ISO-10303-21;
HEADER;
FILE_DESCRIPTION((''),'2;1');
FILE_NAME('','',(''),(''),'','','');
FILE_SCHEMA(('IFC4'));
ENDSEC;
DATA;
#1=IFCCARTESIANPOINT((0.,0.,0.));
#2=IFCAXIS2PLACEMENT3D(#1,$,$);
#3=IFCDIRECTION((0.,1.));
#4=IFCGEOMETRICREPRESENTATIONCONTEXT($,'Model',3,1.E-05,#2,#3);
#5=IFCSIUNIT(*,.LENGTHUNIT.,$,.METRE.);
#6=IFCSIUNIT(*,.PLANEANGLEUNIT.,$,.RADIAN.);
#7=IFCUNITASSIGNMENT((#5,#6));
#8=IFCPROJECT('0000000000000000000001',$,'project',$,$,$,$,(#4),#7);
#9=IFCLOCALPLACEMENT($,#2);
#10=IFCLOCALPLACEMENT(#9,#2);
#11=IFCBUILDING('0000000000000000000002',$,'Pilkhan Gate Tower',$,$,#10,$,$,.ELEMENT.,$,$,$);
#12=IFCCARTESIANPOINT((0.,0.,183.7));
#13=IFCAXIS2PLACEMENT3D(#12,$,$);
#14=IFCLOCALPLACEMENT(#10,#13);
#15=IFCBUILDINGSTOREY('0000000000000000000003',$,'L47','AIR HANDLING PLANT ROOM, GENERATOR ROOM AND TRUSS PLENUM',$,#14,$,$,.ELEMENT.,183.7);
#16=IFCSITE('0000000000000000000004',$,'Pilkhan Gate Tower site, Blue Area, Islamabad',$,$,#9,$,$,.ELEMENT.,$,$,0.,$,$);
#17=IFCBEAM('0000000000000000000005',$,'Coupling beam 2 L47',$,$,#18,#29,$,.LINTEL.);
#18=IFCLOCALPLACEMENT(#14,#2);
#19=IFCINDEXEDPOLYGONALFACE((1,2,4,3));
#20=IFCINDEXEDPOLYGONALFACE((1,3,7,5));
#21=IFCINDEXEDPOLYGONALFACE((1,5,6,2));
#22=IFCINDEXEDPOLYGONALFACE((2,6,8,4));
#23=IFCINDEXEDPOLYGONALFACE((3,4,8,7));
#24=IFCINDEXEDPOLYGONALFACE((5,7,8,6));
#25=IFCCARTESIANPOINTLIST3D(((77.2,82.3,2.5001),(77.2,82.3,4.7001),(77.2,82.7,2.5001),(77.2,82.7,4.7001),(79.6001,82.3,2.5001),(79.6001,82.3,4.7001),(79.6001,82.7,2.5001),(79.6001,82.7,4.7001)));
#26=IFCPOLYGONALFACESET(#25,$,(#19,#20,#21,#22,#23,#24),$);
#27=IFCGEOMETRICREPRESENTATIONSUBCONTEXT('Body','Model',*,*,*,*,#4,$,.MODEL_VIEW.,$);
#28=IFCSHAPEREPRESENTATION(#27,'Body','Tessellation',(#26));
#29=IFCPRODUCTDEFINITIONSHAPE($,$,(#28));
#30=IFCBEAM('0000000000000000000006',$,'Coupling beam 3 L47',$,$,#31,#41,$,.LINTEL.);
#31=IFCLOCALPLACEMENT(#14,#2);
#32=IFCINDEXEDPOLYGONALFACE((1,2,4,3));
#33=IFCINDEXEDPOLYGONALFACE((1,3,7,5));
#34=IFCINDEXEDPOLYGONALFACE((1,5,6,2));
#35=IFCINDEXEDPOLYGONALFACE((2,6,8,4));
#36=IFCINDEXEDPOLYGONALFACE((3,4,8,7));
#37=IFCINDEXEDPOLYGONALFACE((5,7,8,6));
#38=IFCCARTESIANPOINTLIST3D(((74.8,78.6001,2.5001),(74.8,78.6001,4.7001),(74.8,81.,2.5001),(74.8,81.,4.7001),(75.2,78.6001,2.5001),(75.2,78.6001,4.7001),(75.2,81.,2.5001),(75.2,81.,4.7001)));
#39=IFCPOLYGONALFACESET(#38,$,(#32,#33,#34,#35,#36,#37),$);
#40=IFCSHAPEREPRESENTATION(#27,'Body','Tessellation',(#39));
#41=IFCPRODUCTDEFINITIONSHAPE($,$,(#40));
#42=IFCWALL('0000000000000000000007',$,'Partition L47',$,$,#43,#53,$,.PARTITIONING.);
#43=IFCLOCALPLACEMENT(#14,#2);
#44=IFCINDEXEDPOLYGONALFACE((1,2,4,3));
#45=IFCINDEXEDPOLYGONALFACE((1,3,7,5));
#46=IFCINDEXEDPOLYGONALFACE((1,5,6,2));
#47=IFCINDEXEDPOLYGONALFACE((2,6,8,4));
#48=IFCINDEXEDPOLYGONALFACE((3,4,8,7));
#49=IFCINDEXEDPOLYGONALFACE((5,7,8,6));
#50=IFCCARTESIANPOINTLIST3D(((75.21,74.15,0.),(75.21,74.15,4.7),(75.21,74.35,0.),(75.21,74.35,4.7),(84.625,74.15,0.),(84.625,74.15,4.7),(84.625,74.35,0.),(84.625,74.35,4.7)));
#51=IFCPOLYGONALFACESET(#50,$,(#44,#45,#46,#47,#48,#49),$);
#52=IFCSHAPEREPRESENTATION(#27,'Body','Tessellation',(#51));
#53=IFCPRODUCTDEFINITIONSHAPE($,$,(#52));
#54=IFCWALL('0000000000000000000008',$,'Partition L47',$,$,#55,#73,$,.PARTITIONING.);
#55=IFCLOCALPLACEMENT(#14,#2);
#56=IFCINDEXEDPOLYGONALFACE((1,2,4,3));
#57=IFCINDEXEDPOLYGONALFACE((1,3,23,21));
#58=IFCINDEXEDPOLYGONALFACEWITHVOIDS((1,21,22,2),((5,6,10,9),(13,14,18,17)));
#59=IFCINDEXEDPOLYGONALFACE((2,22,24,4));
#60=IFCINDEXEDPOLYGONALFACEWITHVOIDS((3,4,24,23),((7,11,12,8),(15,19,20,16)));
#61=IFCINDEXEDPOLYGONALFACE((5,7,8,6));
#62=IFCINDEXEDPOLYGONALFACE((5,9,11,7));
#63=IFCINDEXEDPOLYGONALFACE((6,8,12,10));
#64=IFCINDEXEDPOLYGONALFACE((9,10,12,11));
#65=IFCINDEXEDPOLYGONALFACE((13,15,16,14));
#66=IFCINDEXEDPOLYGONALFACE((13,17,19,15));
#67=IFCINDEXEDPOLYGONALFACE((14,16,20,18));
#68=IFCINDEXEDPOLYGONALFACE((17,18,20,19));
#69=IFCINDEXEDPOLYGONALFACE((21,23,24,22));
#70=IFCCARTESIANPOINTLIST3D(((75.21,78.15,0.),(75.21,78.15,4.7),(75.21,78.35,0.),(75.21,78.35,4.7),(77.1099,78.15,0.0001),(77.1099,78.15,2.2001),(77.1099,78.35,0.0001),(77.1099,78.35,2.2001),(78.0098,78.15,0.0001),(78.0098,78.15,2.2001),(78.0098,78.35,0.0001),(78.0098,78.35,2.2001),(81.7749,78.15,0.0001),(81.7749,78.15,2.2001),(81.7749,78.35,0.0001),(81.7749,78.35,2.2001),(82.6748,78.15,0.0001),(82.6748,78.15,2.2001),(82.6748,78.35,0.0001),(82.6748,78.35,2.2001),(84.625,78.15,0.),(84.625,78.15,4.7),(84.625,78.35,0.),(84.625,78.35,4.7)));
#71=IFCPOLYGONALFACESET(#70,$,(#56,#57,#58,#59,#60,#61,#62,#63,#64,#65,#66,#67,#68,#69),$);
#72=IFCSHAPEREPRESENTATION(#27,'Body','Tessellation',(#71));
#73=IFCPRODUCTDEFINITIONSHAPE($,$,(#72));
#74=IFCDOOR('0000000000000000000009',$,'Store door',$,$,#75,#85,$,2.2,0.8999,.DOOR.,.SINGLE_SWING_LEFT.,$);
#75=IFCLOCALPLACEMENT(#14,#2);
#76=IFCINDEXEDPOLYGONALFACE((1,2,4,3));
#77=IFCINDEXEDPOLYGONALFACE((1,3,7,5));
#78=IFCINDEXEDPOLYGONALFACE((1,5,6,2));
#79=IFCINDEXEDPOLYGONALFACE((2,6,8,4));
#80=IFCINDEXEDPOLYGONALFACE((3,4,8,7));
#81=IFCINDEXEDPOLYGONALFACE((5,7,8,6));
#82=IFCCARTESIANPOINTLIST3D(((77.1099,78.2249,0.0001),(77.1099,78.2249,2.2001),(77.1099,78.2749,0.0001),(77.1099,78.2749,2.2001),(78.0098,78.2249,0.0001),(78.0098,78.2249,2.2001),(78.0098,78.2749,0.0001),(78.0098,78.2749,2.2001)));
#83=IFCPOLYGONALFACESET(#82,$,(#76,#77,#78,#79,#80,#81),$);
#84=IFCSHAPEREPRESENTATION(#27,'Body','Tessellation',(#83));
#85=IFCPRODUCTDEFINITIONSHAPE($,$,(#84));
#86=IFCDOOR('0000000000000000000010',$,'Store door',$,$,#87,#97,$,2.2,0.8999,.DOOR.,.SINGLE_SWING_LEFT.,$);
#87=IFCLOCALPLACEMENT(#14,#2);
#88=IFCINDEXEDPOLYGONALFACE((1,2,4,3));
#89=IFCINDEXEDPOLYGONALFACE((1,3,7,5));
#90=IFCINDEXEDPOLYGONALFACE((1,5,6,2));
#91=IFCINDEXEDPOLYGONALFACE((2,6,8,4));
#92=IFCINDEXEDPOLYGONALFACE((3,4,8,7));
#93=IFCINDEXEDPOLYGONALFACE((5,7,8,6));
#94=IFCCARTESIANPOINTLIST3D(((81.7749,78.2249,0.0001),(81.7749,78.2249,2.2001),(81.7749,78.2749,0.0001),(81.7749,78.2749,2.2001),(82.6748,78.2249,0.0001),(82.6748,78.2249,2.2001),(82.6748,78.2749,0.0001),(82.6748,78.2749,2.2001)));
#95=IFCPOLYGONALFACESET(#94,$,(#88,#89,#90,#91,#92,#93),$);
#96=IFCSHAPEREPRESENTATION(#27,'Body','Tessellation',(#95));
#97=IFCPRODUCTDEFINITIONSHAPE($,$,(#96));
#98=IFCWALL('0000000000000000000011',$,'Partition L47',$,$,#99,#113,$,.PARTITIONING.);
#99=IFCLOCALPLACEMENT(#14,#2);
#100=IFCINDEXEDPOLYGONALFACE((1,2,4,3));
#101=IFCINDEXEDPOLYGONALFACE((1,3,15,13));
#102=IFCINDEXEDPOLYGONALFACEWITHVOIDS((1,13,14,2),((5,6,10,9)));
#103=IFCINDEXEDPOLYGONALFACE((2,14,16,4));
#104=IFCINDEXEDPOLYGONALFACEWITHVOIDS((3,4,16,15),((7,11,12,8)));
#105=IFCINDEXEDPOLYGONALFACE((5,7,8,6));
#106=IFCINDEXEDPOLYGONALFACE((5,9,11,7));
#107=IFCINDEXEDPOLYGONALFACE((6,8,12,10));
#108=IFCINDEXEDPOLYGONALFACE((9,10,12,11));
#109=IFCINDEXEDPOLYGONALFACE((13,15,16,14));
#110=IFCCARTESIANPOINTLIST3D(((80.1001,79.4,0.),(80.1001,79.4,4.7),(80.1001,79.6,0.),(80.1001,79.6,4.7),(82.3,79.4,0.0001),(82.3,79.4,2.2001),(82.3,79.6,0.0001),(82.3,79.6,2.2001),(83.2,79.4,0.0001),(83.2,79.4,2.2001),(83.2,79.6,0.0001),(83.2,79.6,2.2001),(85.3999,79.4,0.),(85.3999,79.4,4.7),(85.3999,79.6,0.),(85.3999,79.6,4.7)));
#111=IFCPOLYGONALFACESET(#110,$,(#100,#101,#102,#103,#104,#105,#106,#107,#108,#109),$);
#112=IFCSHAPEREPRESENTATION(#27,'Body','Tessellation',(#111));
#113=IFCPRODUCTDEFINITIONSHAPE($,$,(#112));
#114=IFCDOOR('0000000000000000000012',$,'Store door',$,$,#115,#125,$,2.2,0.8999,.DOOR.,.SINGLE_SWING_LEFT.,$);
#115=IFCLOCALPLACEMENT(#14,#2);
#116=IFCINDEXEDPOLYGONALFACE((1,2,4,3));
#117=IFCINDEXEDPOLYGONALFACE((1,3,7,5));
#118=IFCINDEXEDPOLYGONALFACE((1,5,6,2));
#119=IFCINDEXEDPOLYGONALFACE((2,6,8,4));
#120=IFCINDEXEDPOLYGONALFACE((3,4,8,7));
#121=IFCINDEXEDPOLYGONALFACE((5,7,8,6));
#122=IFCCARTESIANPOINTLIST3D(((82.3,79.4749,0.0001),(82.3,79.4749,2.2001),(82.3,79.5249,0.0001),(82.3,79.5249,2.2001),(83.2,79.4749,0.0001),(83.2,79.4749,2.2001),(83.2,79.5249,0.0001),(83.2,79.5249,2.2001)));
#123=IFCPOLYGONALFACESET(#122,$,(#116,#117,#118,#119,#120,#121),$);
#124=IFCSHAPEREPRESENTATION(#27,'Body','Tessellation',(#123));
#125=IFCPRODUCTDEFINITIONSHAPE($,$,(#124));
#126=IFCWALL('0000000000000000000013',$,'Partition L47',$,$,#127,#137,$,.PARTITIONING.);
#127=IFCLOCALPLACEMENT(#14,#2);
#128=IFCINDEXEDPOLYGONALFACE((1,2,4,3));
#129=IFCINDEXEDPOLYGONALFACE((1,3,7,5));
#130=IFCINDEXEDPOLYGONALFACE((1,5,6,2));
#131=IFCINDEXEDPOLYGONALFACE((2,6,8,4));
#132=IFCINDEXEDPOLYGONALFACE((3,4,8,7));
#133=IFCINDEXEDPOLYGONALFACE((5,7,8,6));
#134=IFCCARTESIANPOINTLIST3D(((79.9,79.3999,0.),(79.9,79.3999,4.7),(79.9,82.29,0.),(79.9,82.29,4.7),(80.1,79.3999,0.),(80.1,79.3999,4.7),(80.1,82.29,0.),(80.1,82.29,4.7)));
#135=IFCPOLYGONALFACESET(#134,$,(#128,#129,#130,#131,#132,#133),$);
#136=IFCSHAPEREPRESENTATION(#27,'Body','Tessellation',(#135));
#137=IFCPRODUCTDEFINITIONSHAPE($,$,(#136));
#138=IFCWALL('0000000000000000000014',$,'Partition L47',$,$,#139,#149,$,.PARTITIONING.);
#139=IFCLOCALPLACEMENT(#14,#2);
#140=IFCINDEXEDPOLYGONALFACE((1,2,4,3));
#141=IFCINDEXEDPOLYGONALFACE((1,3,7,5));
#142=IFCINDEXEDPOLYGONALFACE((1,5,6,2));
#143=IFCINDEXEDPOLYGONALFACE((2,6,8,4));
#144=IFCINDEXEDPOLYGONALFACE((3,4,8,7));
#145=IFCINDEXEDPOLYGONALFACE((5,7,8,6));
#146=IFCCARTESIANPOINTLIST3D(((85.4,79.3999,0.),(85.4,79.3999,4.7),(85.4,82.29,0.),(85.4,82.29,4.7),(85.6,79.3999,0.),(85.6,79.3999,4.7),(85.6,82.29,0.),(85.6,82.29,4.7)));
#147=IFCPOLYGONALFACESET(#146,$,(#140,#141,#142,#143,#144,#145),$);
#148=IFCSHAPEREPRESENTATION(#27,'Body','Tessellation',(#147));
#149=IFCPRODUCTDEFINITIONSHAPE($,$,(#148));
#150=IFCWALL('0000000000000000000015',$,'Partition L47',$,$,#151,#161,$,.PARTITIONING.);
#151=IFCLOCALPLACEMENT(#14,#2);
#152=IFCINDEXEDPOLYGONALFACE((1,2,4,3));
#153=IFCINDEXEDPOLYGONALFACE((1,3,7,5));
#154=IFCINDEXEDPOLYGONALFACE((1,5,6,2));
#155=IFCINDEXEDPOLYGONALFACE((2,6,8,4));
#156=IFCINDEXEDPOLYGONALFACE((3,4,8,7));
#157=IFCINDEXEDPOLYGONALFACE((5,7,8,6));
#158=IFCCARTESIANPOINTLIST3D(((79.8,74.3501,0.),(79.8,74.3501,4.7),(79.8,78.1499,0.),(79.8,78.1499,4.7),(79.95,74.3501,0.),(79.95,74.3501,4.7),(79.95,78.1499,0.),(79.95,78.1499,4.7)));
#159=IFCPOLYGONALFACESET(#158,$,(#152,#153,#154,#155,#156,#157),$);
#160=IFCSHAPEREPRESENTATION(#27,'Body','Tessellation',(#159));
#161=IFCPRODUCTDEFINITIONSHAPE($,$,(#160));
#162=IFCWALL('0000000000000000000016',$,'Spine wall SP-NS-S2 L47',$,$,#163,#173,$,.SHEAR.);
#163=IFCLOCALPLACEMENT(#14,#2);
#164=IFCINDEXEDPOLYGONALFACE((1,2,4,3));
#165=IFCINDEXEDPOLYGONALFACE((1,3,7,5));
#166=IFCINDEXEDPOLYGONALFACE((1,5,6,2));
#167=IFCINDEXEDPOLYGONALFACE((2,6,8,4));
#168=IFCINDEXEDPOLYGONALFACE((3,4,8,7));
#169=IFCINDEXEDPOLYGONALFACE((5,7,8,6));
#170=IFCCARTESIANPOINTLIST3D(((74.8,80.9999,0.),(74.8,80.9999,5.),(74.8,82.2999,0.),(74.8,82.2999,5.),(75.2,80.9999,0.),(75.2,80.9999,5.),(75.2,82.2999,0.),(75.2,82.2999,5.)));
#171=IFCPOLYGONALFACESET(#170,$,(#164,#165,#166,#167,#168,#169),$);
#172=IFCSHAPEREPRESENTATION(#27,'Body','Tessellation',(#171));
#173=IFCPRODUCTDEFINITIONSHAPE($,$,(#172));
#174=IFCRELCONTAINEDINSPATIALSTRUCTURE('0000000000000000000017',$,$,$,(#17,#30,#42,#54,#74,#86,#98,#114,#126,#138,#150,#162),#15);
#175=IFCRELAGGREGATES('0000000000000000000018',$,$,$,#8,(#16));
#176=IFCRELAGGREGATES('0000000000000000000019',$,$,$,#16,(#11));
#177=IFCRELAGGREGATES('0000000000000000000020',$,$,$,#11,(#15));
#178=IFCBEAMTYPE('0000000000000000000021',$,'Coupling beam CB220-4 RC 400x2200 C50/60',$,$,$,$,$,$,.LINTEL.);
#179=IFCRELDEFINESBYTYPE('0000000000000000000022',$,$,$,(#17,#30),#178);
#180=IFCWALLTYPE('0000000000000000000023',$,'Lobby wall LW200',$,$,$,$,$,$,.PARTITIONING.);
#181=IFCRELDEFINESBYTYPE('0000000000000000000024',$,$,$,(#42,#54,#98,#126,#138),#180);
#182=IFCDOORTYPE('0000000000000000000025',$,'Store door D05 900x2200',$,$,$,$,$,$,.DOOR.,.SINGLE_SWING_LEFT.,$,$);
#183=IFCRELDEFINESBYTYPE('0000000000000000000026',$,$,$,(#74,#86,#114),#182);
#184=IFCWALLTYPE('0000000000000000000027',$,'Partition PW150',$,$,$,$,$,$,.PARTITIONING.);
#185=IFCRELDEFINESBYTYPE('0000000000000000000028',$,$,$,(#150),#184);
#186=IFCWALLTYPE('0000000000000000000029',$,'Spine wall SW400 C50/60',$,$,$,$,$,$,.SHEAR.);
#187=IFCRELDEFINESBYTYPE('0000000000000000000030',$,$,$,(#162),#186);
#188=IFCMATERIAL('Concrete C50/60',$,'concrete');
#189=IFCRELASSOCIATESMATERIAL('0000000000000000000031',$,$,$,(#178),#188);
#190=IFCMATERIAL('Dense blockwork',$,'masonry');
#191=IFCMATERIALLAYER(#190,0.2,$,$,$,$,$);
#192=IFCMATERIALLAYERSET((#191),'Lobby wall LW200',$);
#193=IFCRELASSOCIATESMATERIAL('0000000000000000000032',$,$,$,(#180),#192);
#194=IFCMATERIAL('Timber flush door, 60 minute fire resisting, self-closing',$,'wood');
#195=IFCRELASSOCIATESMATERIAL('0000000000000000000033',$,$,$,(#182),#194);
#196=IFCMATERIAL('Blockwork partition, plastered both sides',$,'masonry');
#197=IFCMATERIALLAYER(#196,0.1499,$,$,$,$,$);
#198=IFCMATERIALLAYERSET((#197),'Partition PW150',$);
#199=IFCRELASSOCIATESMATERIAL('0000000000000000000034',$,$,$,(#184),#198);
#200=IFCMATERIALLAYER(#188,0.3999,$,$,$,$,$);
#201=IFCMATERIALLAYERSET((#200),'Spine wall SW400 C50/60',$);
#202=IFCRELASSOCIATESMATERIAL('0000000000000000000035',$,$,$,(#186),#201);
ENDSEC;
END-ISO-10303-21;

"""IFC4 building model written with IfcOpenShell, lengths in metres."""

from ifc_helpers import new_model, si_unit, direction, frame, frame_2d, origin, origin_2d, place, context, subcontext, project, spatial, rectangle, extrude, material, layer, layer_set, material_profile, profile_set, type_object, element, fill, save


model = new_model("IFC4")

# Units and contexts
model_context = context("Model", 3, precision=1e-05, world=origin(), true_north=direction((0.0, 1.0)))
body_context = subcontext(model_context, "Body", "Model", "MODEL_VIEW")
ifc_project = project(units=[si_unit("LENGTHUNIT", "METRE"), si_unit("PLANEANGLEUNIT", "RADIAN")], contexts=[model_context])

# Site, building, storey
site_placement = place(None, origin())
site = spatial("IfcSite", under=ifc_project, at=site_placement, Name="Pilkhan Gate Tower site, Blue Area, Islamabad", CompositionType="ELEMENT", RefElevation=0.0)
building_placement = place(site_placement, origin())
building = spatial("IfcBuilding", under=site, at=building_placement, Name="Pilkhan Gate Tower", CompositionType="ELEMENT")
storey_placement = place(building_placement, frame((0.0, 0.0, 183.7)))
storey = spatial("IfcBuildingStorey", under=building, at=storey_placement, Name="L47", Description="AIR HANDLING PLANT ROOM, GENERATOR ROOM AND TRUSS PLENUM", CompositionType="ELEMENT", Elevation=183.7)

# Beams
ifc_material_1 = material(Name="Concrete C50/60", Category="concrete")
ifc_material_profile = material_profile(ifc_material_1, rectangle(XDim=0.3999, YDim=2.2, at=origin_2d()), Name="RC 400x2200")
ifc_profile_set = profile_set([ifc_material_profile], Name="Concrete C50/60")
beam_type = type_object("IfcBeamType", Name="Coupling beam CB220-4 RC 400x2200 C50/60", PredefinedType="LINTEL", material=ifc_profile_set)
beam_1_placement = place(storey_placement, frame((77.2, 82.5, 3.6001), z_axis=(1.0, 0.0, 0.0), x_axis=(0.0, 1.0, 0.0)))
element("IfcBeam", 1, at=beam_1_placement, inside=storey, type_object=beam_type, Name="Coupling beam 2 L47", PredefinedType="LINTEL", context=body_context, shape_type="SweptSolid", body=[
    extrude(rectangle(XDim=0.3999, YDim=2.2, at=origin_2d()), origin(), (0.0, 0.0, 1.0), 2.4001),
])
beam_2_placement = place(storey_placement, frame((75.0, 78.6001, 3.6001), z_axis=(0.0, 1.0, 0.0), x_axis=(-1.0, 0.0, 0.0)))
element("IfcBeam", 2, at=beam_2_placement, inside=storey, type_object=beam_type, Name="Coupling beam 3 L47", PredefinedType="LINTEL", context=body_context, shape_type="SweptSolid", body=[
    extrude(rectangle(XDim=0.3999, YDim=2.2, at=origin_2d()), origin(), (0.0, 0.0, 1.0), 2.3999),
])

# Wall
ifc_material_2 = material(Name="Dense blockwork", Category="masonry")
ifc_layer_1 = layer(ifc_material_2, 0.2)
ifc_layer_set_1 = layer_set([ifc_layer_1], Name="Lobby wall LW200")
wall_type_1 = type_object("IfcWallType", Name="Lobby wall LW200", PredefinedType="PARTITIONING", material=ifc_layer_set_1)
wall_1_placement = place(storey_placement, frame((75.21, 74.25, 0.0), z_axis=(0.0, 0.0, 1.0), x_axis=(1.0, 0.0, 0.0)))
element("IfcWall", 3, at=wall_1_placement, inside=storey, type_object=wall_type_1, Name="Partition L47", PredefinedType="PARTITIONING", context=body_context, shape_type="SweptSolid", body=[
    extrude(rectangle(XDim=9.415, YDim=0.2, at=frame_2d((4.7075, 0.0))), origin(), (0.0, 0.0, 1.0), 4.7),
])

# Wall, openings, doors
wall_2_placement = place(storey_placement, frame((75.21, 78.25, 0.0), z_axis=(0.0, 0.0, 1.0), x_axis=(1.0, 0.0, 0.0)))
wall_2 = element("IfcWall", 4, at=wall_2_placement, inside=storey, type_object=wall_type_1, Name="Partition L47", PredefinedType="PARTITIONING", context=body_context, shape_type="SweptSolid", body=[
    extrude(rectangle(XDim=9.415, YDim=0.2, at=frame_2d((4.7075, 0.0))), origin(), (0.0, 0.0, 1.0), 4.7),
])
opening_1_placement = place(wall_2_placement, frame((1.8999, 0.0, 0.0)))
opening_1 = element("IfcOpeningElement", 5, at=opening_1_placement, cuts=wall_2, PredefinedType="OPENING", context=body_context, shape_type="SweptSolid", body=[
    extrude(rectangle(XDim=0.8999, YDim=2.2, at=frame_2d((0.45, 1.1001))), frame((0.0, 0.1099, 0.0), z_axis=(0.0, -1.0, 0.0), x_axis=(1.0, 0.0, 0.0)), (0.0, 0.0, 1.0), 0.22),
])
opening_2_placement = place(wall_2_placement, frame((6.5649, 0.0, 0.0)))
opening_2 = element("IfcOpeningElement", 6, at=opening_2_placement, cuts=wall_2, PredefinedType="OPENING", context=body_context, shape_type="SweptSolid", body=[
    extrude(rectangle(XDim=0.8999, YDim=2.2, at=frame_2d((0.45, 1.1001))), frame((0.0, 0.1099, 0.0), z_axis=(0.0, -1.0, 0.0), x_axis=(1.0, 0.0, 0.0)), (0.0, 0.0, 1.0), 0.22),
])
ifc_material_3 = material(Name="Timber flush door, 60 minute fire resisting, self-closing", Category="wood")
door_type = type_object("IfcDoorType", Name="Store door D05 900x2200", OperationType="SINGLE_SWING_LEFT", PredefinedType="DOOR", material=ifc_material_3)
door_1_placement = place(opening_1_placement, origin())
door_1 = element("IfcDoor", 7, at=door_1_placement, inside=storey, type_object=door_type, Name="Store door", OperationType="SINGLE_SWING_LEFT", OverallHeight=2.2, OverallWidth=0.8999, PredefinedType="DOOR", context=body_context, shape_type="SweptSolid", body=[
    extrude(rectangle(XDim=0.8999, YDim=2.2, at=frame_2d((0.45, 1.1001))), frame((0.0, 0.0249, 0.0), z_axis=(0.0, -1.0, 0.0), x_axis=(1.0, 0.0, 0.0)), (0.0, 0.0, 1.0), 0.05),
])
fill(opening_1, door_1)
door_2_placement = place(opening_2_placement, origin())
door_2 = element("IfcDoor", 8, at=door_2_placement, inside=storey, type_object=door_type, Name="Store door", OperationType="SINGLE_SWING_LEFT", OverallHeight=2.2, OverallWidth=0.8999, PredefinedType="DOOR", context=body_context, shape_type="SweptSolid", body=[
    extrude(rectangle(XDim=0.8999, YDim=2.2, at=frame_2d((0.45, 1.1001))), frame((0.0, 0.0249, 0.0), z_axis=(0.0, -1.0, 0.0), x_axis=(1.0, 0.0, 0.0)), (0.0, 0.0, 1.0), 0.05),
])
fill(opening_2, door_2)

# Wall, opening, door
wall_3_placement = place(storey_placement, frame((80.1001, 79.5, 0.0), z_axis=(0.0, 0.0, 1.0), x_axis=(1.0, 0.0, 0.0)))
wall_3 = element("IfcWall", 9, at=wall_3_placement, inside=storey, type_object=wall_type_1, Name="Partition L47", PredefinedType="PARTITIONING", context=body_context, shape_type="SweptSolid", body=[
    extrude(rectangle(XDim=5.2998, YDim=0.2, at=frame_2d((2.6499, 0.0))), origin(), (0.0, 0.0, 1.0), 4.7),
])
opening_3_placement = place(wall_3_placement, frame((2.2, 0.0, 0.0)))
opening_3 = element("IfcOpeningElement", 10, at=opening_3_placement, cuts=wall_3, PredefinedType="OPENING", context=body_context, shape_type="SweptSolid", body=[
    extrude(rectangle(XDim=0.8999, YDim=2.2, at=frame_2d((0.45, 1.1001))), frame((0.0, 0.1099, 0.0), z_axis=(0.0, -1.0, 0.0), x_axis=(1.0, 0.0, 0.0)), (0.0, 0.0, 1.0), 0.22),
])
door_3_placement = place(opening_3_placement, origin())
door_3 = element("IfcDoor", 11, at=door_3_placement, inside=storey, type_object=door_type, Name="Store door", OperationType="SINGLE_SWING_LEFT", OverallHeight=2.2, OverallWidth=0.8999, PredefinedType="DOOR", context=body_context, shape_type="SweptSolid", body=[
    extrude(rectangle(XDim=0.8999, YDim=2.2, at=frame_2d((0.45, 1.1001))), frame((0.0, 0.0249, 0.0), z_axis=(0.0, -1.0, 0.0), x_axis=(1.0, 0.0, 0.0)), (0.0, 0.0, 1.0), 0.05),
])
fill(opening_3, door_3)

# Walls
for number, where, z_axis, x_axis, name in (
    (12, (80.0, 79.3999, 0.0), (0.0, 0.0, 1.0), (0.0, 1.0, 0.0), "Partition L47"),
    (13, (85.5, 79.3999, 0.0), (0.0, 0.0, 1.0), (0.0, 1.0, 0.0), "Partition L47"),
):
    element("IfcWall", number, at=place(storey_placement, frame(where, z_axis=z_axis, x_axis=x_axis)), inside=storey, type_object=wall_type_1, Name=name, PredefinedType="PARTITIONING", context=body_context, shape_type="SweptSolid", body=[
        extrude(rectangle(XDim=2.8901, YDim=0.2, at=frame_2d((1.4451, 0.0))), origin(), (0.0, 0.0, 1.0), 4.7),
    ])
ifc_material_4 = material(Name="Blockwork partition, plastered both sides", Category="masonry")
ifc_layer_2 = layer(ifc_material_4, 0.1499)
ifc_layer_set_2 = layer_set([ifc_layer_2], Name="Partition PW150")
wall_type_2 = type_object("IfcWallType", Name="Partition PW150", PredefinedType="PARTITIONING", material=ifc_layer_set_2)
wall_4_placement = place(storey_placement, frame((79.875, 74.3501, 0.0), z_axis=(0.0, 0.0, 1.0), x_axis=(0.0, 1.0, 0.0)))
element("IfcWall", 14, at=wall_4_placement, inside=storey, type_object=wall_type_2, Name="Partition L47", PredefinedType="PARTITIONING", context=body_context, shape_type="SweptSolid", body=[
    extrude(rectangle(XDim=3.7998, YDim=0.1499, at=frame_2d((1.8999, 0.0))), origin(), (0.0, 0.0, 1.0), 4.7),
])
ifc_layer_3 = layer(ifc_material_1, 0.3999)
ifc_layer_set_3 = layer_set([ifc_layer_3], Name="Spine wall SW400 C50/60")
wall_type_3 = type_object("IfcWallType", Name="Spine wall SW400 C50/60", PredefinedType="SHEAR", material=ifc_layer_set_3)
wall_5_placement = place(storey_placement, frame((75.0, 81.0, 0.0), z_axis=(0.0, 0.0, 1.0), x_axis=(0.0, 1.0, 0.0)))
element("IfcWall", 15, at=wall_5_placement, inside=storey, type_object=wall_type_3, Name="Spine wall SP-NS-S2 L47", PredefinedType="SHEAR", context=body_context, shape_type="SweptSolid", body=[
    extrude(rectangle(XDim=1.3, YDim=0.3999, at=frame_2d((0.6499, 0.0))), origin(), (0.0, 0.0, 1.0), 5.0),
])

save(model, "model.ifc")
